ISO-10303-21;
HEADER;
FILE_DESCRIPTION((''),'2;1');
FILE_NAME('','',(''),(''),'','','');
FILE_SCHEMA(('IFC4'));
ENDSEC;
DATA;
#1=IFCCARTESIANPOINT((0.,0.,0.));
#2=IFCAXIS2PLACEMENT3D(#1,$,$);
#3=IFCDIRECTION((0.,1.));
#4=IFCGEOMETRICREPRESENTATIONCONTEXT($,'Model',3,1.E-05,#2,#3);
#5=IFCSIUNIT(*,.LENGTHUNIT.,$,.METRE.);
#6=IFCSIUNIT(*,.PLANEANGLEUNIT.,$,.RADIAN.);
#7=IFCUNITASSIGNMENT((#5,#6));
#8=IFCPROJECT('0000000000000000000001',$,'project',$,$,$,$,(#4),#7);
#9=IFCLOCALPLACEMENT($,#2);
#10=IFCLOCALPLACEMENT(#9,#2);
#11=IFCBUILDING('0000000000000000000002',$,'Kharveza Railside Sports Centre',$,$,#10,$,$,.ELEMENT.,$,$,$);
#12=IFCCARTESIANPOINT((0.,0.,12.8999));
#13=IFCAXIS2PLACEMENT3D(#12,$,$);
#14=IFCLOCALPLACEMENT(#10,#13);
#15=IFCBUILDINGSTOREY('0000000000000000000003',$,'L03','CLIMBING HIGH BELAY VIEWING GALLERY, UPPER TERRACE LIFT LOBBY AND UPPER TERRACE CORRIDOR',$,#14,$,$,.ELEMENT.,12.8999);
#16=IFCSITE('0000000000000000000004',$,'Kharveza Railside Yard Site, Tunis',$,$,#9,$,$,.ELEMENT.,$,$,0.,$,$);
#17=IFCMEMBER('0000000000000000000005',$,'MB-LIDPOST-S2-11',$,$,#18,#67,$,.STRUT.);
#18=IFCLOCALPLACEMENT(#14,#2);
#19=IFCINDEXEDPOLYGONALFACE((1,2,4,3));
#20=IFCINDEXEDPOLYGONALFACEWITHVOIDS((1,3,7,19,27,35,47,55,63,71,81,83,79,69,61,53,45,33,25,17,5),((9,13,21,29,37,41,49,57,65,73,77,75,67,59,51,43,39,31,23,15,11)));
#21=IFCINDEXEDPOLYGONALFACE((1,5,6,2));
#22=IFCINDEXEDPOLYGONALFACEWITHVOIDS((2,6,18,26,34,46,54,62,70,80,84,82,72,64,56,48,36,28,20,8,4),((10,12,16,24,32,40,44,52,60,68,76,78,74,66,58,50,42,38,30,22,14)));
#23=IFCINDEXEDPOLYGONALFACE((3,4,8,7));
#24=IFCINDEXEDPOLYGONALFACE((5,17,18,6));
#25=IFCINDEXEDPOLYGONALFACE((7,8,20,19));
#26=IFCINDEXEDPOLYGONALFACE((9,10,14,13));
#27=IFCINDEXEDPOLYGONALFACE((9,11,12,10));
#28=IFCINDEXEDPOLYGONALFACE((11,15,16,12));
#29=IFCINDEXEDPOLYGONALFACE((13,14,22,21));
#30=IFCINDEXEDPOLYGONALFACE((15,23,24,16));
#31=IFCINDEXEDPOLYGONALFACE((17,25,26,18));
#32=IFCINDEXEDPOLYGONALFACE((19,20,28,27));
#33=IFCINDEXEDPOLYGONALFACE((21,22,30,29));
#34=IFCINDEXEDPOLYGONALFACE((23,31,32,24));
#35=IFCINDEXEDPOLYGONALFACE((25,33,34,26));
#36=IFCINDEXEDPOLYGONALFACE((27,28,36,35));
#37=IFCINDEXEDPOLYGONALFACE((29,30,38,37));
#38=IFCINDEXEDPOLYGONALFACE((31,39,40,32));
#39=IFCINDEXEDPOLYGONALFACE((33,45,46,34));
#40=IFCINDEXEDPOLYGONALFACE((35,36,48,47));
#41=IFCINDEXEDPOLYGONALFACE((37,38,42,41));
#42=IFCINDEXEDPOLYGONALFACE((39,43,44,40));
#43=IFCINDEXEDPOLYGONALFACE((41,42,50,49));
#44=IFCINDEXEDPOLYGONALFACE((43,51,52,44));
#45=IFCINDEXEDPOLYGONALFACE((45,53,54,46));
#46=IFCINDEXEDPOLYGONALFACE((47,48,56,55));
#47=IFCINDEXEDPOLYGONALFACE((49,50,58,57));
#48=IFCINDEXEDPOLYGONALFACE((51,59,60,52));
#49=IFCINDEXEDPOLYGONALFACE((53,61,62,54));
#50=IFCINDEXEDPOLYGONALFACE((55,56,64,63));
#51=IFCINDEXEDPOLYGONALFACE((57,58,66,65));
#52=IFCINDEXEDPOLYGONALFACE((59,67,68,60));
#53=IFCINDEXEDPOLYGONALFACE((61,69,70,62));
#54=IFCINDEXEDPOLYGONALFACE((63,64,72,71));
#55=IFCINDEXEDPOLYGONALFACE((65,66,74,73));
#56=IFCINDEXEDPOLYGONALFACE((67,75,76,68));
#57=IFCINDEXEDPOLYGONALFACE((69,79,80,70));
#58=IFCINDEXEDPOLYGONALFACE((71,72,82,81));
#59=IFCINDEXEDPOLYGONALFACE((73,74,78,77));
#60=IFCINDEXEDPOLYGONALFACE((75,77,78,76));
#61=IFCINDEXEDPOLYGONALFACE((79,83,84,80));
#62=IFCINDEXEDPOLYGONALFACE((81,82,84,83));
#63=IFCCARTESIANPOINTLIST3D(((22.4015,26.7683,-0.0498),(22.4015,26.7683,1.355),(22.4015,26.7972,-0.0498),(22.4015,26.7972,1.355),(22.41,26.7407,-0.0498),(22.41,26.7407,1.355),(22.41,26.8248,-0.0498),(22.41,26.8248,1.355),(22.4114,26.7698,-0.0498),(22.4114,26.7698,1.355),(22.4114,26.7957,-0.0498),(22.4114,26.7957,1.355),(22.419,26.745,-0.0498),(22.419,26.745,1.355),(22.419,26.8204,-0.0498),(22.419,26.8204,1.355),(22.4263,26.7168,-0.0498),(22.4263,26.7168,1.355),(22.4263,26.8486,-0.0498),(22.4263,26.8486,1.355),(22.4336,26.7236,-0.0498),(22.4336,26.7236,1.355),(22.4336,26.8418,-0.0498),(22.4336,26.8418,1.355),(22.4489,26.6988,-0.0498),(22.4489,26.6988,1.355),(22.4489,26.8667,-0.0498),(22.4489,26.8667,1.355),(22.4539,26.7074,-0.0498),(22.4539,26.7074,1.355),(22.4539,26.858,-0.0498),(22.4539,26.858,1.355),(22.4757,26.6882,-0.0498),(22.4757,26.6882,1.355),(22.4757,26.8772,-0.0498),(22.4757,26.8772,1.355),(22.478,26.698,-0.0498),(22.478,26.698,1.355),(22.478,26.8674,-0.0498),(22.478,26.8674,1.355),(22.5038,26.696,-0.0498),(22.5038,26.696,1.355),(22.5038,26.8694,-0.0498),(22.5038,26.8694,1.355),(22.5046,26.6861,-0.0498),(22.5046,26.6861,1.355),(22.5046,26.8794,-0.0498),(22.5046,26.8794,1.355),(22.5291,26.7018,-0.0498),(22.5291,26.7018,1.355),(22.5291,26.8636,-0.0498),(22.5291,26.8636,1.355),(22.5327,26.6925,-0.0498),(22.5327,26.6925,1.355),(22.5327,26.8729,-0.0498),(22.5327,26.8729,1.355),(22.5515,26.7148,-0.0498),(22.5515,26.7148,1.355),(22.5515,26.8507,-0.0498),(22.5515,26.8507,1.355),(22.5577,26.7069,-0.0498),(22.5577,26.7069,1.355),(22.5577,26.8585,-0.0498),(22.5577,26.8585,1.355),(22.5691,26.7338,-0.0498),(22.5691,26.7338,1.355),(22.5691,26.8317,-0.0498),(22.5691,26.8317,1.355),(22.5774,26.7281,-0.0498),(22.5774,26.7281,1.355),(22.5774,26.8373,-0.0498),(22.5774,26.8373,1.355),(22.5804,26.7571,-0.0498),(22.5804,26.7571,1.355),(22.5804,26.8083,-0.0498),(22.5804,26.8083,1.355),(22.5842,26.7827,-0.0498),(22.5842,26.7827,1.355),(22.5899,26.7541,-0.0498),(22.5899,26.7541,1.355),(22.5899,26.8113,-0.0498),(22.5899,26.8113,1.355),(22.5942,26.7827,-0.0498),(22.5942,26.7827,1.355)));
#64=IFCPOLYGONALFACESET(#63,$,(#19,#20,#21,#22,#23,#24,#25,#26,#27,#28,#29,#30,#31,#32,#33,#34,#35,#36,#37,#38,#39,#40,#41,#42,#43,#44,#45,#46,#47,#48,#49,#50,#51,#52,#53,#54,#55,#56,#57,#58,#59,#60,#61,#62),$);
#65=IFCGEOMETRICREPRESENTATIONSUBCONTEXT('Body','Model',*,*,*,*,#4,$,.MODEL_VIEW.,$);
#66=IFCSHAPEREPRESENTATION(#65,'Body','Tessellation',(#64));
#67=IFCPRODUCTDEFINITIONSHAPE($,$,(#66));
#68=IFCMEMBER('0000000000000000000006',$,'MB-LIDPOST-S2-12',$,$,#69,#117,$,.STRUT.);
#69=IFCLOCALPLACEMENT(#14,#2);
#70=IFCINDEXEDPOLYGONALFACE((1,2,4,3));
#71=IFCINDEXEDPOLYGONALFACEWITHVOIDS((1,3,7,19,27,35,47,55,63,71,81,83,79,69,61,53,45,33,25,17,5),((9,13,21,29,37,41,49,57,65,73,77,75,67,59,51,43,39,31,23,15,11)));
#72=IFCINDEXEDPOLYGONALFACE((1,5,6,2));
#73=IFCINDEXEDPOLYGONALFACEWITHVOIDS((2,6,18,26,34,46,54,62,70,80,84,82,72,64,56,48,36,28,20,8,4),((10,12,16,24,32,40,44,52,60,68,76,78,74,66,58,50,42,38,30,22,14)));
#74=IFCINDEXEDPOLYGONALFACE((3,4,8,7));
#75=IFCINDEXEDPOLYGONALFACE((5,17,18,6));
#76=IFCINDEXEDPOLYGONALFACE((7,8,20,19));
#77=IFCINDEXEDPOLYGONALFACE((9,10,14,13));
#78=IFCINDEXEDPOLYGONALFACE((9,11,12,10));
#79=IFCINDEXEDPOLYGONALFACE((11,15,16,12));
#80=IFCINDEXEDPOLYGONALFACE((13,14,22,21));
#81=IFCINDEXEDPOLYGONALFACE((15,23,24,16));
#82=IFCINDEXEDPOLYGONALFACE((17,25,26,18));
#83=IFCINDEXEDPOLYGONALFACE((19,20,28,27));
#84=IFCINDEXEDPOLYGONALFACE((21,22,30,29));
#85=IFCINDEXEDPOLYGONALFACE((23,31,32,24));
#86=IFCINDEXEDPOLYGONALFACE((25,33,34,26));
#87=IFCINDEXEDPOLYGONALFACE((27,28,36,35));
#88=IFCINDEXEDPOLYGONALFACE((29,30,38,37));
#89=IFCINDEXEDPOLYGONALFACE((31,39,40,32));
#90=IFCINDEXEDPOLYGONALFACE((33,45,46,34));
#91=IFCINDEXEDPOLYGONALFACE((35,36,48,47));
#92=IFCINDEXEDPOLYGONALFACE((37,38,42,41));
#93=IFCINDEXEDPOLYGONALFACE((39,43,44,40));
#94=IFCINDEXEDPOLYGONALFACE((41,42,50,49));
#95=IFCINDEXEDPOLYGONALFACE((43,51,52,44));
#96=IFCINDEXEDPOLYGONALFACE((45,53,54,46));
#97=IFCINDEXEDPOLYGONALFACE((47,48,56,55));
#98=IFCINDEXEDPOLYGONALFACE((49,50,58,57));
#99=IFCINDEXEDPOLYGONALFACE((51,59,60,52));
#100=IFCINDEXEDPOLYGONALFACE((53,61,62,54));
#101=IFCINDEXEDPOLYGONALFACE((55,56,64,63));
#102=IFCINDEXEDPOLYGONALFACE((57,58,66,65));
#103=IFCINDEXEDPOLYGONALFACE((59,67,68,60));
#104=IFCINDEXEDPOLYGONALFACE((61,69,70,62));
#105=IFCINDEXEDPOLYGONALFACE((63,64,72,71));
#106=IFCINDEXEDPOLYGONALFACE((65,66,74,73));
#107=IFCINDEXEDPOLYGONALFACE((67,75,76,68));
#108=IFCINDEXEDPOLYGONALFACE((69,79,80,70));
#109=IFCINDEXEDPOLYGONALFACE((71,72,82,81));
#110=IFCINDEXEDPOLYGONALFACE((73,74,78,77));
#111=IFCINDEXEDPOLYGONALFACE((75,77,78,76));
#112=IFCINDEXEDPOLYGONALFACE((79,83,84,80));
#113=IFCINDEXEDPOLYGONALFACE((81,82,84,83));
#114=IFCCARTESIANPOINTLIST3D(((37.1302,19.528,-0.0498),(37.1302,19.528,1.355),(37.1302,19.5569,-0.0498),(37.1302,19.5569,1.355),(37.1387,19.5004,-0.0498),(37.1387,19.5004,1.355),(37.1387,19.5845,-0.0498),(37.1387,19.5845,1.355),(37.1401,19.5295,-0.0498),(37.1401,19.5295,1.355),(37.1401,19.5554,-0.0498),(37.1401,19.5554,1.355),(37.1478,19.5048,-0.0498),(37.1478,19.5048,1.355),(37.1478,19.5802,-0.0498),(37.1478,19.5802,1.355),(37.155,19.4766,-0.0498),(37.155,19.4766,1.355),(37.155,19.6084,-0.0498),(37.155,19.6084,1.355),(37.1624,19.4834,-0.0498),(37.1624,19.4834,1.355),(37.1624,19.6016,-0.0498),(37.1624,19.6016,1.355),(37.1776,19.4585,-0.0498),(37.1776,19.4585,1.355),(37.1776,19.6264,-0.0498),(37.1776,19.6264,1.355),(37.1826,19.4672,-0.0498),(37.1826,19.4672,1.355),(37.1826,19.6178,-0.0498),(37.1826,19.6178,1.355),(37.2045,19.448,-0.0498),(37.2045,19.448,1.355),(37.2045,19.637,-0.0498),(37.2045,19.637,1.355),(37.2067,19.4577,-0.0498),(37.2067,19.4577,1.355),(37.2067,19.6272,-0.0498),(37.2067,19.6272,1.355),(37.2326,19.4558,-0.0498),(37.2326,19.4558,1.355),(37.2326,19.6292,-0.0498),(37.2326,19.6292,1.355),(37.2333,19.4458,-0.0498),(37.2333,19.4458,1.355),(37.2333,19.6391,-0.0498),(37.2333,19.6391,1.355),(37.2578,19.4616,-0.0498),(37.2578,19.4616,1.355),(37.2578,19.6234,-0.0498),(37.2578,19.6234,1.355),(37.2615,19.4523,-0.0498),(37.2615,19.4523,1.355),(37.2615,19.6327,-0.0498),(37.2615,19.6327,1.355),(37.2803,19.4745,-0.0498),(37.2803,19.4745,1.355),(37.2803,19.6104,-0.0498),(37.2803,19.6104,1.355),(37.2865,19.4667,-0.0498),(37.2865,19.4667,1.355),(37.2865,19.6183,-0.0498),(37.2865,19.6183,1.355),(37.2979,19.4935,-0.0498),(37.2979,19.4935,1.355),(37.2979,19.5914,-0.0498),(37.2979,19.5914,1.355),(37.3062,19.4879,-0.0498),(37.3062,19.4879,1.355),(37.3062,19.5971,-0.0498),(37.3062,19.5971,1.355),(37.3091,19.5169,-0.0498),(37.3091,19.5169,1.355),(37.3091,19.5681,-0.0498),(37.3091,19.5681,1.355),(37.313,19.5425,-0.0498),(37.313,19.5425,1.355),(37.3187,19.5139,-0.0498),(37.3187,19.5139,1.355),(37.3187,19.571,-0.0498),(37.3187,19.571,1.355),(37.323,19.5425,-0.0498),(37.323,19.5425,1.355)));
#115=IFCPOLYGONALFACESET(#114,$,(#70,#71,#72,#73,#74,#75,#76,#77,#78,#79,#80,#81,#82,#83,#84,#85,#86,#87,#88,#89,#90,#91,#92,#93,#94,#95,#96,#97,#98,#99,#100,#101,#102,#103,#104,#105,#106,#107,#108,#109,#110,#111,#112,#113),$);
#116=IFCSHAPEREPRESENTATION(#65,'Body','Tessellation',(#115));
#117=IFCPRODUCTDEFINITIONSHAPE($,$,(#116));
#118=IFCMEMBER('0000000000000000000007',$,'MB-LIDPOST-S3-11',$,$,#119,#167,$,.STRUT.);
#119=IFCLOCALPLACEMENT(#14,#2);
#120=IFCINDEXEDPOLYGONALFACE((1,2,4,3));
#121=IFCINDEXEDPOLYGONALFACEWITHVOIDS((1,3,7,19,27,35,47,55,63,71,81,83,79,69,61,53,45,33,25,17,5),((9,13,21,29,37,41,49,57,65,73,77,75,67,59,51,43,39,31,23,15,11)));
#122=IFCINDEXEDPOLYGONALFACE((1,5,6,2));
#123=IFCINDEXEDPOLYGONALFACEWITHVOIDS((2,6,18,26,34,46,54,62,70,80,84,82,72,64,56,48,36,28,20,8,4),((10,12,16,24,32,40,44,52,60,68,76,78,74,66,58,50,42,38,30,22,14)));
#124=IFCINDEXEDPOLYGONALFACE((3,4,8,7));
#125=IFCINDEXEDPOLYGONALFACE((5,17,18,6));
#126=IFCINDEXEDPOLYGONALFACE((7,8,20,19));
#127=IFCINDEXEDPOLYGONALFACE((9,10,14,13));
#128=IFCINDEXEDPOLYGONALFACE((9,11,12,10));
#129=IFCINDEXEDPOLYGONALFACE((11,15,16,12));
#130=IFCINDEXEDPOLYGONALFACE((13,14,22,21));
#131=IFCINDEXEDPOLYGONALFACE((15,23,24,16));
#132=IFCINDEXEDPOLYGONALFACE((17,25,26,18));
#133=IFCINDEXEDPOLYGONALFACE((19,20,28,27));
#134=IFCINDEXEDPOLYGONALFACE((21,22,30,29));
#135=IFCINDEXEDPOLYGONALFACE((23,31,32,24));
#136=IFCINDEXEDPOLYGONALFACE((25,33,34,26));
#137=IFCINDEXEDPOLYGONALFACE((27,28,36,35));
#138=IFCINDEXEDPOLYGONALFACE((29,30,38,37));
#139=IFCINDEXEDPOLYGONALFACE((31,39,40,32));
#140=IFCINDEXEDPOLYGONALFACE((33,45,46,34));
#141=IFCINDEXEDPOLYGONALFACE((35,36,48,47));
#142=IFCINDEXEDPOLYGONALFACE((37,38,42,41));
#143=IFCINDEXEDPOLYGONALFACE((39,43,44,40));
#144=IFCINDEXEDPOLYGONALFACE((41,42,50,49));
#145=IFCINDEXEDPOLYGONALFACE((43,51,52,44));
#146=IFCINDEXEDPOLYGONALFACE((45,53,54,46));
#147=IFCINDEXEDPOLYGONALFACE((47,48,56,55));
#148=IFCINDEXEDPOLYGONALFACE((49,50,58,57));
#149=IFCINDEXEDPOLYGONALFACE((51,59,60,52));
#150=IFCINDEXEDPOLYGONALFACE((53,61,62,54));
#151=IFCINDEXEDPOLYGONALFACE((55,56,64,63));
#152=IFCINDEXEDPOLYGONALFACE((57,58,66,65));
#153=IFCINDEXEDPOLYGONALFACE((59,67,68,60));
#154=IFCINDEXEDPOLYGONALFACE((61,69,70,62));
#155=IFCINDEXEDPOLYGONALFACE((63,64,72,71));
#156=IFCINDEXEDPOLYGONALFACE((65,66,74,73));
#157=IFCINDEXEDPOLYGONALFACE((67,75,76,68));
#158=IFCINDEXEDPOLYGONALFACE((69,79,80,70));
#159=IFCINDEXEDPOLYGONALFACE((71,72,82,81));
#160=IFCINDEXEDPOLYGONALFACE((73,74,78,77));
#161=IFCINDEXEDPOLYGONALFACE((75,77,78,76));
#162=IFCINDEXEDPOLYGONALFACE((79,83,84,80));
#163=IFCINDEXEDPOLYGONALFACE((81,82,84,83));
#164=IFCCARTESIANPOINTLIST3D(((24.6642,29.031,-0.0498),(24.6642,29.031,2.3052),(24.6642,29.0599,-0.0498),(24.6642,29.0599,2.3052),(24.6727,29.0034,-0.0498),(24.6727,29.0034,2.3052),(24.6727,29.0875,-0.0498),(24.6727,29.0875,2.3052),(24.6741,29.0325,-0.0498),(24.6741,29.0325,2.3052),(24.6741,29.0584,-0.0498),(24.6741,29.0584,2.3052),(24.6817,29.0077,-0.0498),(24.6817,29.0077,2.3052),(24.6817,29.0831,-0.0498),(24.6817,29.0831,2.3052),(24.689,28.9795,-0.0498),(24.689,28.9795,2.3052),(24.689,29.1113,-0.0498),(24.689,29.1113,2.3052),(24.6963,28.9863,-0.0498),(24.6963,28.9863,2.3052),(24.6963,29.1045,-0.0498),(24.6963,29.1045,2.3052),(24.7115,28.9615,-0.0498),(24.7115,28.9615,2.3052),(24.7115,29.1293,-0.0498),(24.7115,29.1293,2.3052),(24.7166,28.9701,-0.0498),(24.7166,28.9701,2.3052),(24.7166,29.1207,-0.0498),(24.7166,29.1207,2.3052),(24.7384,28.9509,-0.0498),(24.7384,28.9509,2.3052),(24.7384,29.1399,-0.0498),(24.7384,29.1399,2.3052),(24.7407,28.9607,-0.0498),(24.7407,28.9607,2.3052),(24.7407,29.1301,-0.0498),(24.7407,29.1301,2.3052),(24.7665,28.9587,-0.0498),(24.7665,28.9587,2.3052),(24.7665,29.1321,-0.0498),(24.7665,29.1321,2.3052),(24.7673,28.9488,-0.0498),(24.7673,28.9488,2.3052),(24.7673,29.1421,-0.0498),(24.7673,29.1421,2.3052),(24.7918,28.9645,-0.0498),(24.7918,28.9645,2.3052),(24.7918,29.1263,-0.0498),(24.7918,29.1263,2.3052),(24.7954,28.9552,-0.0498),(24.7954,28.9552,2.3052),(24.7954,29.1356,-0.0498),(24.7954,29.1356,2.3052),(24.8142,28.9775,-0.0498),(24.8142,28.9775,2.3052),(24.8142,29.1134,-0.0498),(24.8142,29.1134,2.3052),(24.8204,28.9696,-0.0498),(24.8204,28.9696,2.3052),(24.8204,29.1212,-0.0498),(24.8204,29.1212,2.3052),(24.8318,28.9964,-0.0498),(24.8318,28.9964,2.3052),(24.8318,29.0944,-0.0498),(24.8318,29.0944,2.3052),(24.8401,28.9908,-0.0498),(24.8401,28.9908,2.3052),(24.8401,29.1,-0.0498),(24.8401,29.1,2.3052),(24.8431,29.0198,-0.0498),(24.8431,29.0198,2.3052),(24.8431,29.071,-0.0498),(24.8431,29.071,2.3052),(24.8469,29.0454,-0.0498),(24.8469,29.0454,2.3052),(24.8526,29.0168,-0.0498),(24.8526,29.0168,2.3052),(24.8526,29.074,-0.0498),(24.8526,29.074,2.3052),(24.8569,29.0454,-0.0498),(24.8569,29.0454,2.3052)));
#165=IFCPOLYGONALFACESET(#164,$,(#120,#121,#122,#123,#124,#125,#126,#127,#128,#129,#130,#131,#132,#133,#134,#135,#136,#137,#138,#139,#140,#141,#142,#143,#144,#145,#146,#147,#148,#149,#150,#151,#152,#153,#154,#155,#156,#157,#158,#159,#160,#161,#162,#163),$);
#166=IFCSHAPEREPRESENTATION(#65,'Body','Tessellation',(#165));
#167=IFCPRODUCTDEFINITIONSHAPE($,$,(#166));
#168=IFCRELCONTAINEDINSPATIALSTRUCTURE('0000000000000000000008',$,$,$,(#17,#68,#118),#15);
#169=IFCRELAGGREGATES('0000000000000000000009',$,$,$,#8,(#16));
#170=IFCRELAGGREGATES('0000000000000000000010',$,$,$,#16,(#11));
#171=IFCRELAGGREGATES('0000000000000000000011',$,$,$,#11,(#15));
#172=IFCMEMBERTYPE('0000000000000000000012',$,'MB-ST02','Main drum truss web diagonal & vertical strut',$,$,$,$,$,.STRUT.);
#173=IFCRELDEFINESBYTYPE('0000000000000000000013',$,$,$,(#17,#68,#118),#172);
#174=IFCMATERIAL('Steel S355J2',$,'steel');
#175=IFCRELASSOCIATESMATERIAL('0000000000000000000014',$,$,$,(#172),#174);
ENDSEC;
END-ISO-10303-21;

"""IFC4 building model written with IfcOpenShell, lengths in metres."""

from ifc_helpers import new_model, si_unit, direction, frame, origin, origin_2d, place, context, subcontext, project, spatial, hollow_circle, extrude, material, material_profile, profile_set, type_object, element, save


model = new_model("IFC4")

# Units and contexts
model_context = context("Model", 3, precision=1e-05, world=origin(), true_north=direction((0.0, 1.0)))
body_context = subcontext(model_context, "Body", "Model", "MODEL_VIEW")
ifc_project = project(units=[si_unit("LENGTHUNIT", "METRE"), si_unit("PLANEANGLEUNIT", "RADIAN")], contexts=[model_context])

# Site, building, storey
site_placement = place(None, origin())
site = spatial("IfcSite", under=ifc_project, at=site_placement, Name="Kharveza Railside Yard Site, Tunis", CompositionType="ELEMENT", RefElevation=0.0)
building_placement = place(site_placement, origin())
building = spatial("IfcBuilding", under=site, at=building_placement, Name="Kharveza Railside Sports Centre", CompositionType="ELEMENT")
storey_placement = place(building_placement, frame((0.0, 0.0, 12.8999)))
storey = spatial("IfcBuildingStorey", under=building, at=storey_placement, Name="L03", Description="CLIMBING HIGH BELAY VIEWING GALLERY, UPPER TERRACE LIFT LOBBY AND UPPER TERRACE CORRIDOR", CompositionType="ELEMENT", Elevation=12.8999)

# Shared definitions
ifc_material_1 = material(Name="Steel S355J2", Category="steel")

# Members
ifc_material_profile_1 = material_profile(ifc_material_1, hollow_circle(Radius=0.0969, WallThickness=0.01, at=origin_2d()), Name="CHS 193.7x10.0")
ifc_profile_set_1 = profile_set([ifc_material_profile_1], Name="Steel S355J2")
member_type_1 = type_object("IfcMemberType", Name="MB-ST02", Description="Main drum truss web diagonal & vertical strut", PredefinedType="STRUT", material=ifc_profile_set_1)
for number, where, z_axis, x_axis, name in (
    (1, (22.4973, 26.7827, -0.0498), (0.0, 0.0, 1.0), (1.0, 0.0, 0.0), "MB-LIDPOST-S2-11"),
    (2, (37.2261, 19.5425, -0.0498), (0.0, 0.0, 1.0), (1.0, 0.0, 0.0), "MB-LIDPOST-S2-12"),
):
    element("IfcMember", number, at=place(storey_placement, frame(where, z_axis=z_axis, x_axis=x_axis)), inside=storey, type_object=member_type_1, Name=name, PredefinedType="STRUT", context=body_context, shape_type="SweptSolid", body=[
        extrude(hollow_circle(Radius=0.0969, WallThickness=0.01, at=origin_2d()), origin(), (0.0, 0.0, 1.0), 1.4048),
    ])
member_1_placement = place(storey_placement, frame((24.76, 29.0454, -0.0498), z_axis=(0.0, 0.0, 1.0), x_axis=(1.0, 0.0, 0.0)))
element("IfcMember", 3, at=member_1_placement, inside=storey, type_object=member_type_1, Name="MB-LIDPOST-S3-11", PredefinedType="STRUT", context=body_context, shape_type="SweptSolid", body=[
    extrude(hollow_circle(Radius=0.0969, WallThickness=0.01, at=origin_2d()), origin(), (0.0, 0.0, 1.0), 2.355),
])

save(model, "model.ifc")
